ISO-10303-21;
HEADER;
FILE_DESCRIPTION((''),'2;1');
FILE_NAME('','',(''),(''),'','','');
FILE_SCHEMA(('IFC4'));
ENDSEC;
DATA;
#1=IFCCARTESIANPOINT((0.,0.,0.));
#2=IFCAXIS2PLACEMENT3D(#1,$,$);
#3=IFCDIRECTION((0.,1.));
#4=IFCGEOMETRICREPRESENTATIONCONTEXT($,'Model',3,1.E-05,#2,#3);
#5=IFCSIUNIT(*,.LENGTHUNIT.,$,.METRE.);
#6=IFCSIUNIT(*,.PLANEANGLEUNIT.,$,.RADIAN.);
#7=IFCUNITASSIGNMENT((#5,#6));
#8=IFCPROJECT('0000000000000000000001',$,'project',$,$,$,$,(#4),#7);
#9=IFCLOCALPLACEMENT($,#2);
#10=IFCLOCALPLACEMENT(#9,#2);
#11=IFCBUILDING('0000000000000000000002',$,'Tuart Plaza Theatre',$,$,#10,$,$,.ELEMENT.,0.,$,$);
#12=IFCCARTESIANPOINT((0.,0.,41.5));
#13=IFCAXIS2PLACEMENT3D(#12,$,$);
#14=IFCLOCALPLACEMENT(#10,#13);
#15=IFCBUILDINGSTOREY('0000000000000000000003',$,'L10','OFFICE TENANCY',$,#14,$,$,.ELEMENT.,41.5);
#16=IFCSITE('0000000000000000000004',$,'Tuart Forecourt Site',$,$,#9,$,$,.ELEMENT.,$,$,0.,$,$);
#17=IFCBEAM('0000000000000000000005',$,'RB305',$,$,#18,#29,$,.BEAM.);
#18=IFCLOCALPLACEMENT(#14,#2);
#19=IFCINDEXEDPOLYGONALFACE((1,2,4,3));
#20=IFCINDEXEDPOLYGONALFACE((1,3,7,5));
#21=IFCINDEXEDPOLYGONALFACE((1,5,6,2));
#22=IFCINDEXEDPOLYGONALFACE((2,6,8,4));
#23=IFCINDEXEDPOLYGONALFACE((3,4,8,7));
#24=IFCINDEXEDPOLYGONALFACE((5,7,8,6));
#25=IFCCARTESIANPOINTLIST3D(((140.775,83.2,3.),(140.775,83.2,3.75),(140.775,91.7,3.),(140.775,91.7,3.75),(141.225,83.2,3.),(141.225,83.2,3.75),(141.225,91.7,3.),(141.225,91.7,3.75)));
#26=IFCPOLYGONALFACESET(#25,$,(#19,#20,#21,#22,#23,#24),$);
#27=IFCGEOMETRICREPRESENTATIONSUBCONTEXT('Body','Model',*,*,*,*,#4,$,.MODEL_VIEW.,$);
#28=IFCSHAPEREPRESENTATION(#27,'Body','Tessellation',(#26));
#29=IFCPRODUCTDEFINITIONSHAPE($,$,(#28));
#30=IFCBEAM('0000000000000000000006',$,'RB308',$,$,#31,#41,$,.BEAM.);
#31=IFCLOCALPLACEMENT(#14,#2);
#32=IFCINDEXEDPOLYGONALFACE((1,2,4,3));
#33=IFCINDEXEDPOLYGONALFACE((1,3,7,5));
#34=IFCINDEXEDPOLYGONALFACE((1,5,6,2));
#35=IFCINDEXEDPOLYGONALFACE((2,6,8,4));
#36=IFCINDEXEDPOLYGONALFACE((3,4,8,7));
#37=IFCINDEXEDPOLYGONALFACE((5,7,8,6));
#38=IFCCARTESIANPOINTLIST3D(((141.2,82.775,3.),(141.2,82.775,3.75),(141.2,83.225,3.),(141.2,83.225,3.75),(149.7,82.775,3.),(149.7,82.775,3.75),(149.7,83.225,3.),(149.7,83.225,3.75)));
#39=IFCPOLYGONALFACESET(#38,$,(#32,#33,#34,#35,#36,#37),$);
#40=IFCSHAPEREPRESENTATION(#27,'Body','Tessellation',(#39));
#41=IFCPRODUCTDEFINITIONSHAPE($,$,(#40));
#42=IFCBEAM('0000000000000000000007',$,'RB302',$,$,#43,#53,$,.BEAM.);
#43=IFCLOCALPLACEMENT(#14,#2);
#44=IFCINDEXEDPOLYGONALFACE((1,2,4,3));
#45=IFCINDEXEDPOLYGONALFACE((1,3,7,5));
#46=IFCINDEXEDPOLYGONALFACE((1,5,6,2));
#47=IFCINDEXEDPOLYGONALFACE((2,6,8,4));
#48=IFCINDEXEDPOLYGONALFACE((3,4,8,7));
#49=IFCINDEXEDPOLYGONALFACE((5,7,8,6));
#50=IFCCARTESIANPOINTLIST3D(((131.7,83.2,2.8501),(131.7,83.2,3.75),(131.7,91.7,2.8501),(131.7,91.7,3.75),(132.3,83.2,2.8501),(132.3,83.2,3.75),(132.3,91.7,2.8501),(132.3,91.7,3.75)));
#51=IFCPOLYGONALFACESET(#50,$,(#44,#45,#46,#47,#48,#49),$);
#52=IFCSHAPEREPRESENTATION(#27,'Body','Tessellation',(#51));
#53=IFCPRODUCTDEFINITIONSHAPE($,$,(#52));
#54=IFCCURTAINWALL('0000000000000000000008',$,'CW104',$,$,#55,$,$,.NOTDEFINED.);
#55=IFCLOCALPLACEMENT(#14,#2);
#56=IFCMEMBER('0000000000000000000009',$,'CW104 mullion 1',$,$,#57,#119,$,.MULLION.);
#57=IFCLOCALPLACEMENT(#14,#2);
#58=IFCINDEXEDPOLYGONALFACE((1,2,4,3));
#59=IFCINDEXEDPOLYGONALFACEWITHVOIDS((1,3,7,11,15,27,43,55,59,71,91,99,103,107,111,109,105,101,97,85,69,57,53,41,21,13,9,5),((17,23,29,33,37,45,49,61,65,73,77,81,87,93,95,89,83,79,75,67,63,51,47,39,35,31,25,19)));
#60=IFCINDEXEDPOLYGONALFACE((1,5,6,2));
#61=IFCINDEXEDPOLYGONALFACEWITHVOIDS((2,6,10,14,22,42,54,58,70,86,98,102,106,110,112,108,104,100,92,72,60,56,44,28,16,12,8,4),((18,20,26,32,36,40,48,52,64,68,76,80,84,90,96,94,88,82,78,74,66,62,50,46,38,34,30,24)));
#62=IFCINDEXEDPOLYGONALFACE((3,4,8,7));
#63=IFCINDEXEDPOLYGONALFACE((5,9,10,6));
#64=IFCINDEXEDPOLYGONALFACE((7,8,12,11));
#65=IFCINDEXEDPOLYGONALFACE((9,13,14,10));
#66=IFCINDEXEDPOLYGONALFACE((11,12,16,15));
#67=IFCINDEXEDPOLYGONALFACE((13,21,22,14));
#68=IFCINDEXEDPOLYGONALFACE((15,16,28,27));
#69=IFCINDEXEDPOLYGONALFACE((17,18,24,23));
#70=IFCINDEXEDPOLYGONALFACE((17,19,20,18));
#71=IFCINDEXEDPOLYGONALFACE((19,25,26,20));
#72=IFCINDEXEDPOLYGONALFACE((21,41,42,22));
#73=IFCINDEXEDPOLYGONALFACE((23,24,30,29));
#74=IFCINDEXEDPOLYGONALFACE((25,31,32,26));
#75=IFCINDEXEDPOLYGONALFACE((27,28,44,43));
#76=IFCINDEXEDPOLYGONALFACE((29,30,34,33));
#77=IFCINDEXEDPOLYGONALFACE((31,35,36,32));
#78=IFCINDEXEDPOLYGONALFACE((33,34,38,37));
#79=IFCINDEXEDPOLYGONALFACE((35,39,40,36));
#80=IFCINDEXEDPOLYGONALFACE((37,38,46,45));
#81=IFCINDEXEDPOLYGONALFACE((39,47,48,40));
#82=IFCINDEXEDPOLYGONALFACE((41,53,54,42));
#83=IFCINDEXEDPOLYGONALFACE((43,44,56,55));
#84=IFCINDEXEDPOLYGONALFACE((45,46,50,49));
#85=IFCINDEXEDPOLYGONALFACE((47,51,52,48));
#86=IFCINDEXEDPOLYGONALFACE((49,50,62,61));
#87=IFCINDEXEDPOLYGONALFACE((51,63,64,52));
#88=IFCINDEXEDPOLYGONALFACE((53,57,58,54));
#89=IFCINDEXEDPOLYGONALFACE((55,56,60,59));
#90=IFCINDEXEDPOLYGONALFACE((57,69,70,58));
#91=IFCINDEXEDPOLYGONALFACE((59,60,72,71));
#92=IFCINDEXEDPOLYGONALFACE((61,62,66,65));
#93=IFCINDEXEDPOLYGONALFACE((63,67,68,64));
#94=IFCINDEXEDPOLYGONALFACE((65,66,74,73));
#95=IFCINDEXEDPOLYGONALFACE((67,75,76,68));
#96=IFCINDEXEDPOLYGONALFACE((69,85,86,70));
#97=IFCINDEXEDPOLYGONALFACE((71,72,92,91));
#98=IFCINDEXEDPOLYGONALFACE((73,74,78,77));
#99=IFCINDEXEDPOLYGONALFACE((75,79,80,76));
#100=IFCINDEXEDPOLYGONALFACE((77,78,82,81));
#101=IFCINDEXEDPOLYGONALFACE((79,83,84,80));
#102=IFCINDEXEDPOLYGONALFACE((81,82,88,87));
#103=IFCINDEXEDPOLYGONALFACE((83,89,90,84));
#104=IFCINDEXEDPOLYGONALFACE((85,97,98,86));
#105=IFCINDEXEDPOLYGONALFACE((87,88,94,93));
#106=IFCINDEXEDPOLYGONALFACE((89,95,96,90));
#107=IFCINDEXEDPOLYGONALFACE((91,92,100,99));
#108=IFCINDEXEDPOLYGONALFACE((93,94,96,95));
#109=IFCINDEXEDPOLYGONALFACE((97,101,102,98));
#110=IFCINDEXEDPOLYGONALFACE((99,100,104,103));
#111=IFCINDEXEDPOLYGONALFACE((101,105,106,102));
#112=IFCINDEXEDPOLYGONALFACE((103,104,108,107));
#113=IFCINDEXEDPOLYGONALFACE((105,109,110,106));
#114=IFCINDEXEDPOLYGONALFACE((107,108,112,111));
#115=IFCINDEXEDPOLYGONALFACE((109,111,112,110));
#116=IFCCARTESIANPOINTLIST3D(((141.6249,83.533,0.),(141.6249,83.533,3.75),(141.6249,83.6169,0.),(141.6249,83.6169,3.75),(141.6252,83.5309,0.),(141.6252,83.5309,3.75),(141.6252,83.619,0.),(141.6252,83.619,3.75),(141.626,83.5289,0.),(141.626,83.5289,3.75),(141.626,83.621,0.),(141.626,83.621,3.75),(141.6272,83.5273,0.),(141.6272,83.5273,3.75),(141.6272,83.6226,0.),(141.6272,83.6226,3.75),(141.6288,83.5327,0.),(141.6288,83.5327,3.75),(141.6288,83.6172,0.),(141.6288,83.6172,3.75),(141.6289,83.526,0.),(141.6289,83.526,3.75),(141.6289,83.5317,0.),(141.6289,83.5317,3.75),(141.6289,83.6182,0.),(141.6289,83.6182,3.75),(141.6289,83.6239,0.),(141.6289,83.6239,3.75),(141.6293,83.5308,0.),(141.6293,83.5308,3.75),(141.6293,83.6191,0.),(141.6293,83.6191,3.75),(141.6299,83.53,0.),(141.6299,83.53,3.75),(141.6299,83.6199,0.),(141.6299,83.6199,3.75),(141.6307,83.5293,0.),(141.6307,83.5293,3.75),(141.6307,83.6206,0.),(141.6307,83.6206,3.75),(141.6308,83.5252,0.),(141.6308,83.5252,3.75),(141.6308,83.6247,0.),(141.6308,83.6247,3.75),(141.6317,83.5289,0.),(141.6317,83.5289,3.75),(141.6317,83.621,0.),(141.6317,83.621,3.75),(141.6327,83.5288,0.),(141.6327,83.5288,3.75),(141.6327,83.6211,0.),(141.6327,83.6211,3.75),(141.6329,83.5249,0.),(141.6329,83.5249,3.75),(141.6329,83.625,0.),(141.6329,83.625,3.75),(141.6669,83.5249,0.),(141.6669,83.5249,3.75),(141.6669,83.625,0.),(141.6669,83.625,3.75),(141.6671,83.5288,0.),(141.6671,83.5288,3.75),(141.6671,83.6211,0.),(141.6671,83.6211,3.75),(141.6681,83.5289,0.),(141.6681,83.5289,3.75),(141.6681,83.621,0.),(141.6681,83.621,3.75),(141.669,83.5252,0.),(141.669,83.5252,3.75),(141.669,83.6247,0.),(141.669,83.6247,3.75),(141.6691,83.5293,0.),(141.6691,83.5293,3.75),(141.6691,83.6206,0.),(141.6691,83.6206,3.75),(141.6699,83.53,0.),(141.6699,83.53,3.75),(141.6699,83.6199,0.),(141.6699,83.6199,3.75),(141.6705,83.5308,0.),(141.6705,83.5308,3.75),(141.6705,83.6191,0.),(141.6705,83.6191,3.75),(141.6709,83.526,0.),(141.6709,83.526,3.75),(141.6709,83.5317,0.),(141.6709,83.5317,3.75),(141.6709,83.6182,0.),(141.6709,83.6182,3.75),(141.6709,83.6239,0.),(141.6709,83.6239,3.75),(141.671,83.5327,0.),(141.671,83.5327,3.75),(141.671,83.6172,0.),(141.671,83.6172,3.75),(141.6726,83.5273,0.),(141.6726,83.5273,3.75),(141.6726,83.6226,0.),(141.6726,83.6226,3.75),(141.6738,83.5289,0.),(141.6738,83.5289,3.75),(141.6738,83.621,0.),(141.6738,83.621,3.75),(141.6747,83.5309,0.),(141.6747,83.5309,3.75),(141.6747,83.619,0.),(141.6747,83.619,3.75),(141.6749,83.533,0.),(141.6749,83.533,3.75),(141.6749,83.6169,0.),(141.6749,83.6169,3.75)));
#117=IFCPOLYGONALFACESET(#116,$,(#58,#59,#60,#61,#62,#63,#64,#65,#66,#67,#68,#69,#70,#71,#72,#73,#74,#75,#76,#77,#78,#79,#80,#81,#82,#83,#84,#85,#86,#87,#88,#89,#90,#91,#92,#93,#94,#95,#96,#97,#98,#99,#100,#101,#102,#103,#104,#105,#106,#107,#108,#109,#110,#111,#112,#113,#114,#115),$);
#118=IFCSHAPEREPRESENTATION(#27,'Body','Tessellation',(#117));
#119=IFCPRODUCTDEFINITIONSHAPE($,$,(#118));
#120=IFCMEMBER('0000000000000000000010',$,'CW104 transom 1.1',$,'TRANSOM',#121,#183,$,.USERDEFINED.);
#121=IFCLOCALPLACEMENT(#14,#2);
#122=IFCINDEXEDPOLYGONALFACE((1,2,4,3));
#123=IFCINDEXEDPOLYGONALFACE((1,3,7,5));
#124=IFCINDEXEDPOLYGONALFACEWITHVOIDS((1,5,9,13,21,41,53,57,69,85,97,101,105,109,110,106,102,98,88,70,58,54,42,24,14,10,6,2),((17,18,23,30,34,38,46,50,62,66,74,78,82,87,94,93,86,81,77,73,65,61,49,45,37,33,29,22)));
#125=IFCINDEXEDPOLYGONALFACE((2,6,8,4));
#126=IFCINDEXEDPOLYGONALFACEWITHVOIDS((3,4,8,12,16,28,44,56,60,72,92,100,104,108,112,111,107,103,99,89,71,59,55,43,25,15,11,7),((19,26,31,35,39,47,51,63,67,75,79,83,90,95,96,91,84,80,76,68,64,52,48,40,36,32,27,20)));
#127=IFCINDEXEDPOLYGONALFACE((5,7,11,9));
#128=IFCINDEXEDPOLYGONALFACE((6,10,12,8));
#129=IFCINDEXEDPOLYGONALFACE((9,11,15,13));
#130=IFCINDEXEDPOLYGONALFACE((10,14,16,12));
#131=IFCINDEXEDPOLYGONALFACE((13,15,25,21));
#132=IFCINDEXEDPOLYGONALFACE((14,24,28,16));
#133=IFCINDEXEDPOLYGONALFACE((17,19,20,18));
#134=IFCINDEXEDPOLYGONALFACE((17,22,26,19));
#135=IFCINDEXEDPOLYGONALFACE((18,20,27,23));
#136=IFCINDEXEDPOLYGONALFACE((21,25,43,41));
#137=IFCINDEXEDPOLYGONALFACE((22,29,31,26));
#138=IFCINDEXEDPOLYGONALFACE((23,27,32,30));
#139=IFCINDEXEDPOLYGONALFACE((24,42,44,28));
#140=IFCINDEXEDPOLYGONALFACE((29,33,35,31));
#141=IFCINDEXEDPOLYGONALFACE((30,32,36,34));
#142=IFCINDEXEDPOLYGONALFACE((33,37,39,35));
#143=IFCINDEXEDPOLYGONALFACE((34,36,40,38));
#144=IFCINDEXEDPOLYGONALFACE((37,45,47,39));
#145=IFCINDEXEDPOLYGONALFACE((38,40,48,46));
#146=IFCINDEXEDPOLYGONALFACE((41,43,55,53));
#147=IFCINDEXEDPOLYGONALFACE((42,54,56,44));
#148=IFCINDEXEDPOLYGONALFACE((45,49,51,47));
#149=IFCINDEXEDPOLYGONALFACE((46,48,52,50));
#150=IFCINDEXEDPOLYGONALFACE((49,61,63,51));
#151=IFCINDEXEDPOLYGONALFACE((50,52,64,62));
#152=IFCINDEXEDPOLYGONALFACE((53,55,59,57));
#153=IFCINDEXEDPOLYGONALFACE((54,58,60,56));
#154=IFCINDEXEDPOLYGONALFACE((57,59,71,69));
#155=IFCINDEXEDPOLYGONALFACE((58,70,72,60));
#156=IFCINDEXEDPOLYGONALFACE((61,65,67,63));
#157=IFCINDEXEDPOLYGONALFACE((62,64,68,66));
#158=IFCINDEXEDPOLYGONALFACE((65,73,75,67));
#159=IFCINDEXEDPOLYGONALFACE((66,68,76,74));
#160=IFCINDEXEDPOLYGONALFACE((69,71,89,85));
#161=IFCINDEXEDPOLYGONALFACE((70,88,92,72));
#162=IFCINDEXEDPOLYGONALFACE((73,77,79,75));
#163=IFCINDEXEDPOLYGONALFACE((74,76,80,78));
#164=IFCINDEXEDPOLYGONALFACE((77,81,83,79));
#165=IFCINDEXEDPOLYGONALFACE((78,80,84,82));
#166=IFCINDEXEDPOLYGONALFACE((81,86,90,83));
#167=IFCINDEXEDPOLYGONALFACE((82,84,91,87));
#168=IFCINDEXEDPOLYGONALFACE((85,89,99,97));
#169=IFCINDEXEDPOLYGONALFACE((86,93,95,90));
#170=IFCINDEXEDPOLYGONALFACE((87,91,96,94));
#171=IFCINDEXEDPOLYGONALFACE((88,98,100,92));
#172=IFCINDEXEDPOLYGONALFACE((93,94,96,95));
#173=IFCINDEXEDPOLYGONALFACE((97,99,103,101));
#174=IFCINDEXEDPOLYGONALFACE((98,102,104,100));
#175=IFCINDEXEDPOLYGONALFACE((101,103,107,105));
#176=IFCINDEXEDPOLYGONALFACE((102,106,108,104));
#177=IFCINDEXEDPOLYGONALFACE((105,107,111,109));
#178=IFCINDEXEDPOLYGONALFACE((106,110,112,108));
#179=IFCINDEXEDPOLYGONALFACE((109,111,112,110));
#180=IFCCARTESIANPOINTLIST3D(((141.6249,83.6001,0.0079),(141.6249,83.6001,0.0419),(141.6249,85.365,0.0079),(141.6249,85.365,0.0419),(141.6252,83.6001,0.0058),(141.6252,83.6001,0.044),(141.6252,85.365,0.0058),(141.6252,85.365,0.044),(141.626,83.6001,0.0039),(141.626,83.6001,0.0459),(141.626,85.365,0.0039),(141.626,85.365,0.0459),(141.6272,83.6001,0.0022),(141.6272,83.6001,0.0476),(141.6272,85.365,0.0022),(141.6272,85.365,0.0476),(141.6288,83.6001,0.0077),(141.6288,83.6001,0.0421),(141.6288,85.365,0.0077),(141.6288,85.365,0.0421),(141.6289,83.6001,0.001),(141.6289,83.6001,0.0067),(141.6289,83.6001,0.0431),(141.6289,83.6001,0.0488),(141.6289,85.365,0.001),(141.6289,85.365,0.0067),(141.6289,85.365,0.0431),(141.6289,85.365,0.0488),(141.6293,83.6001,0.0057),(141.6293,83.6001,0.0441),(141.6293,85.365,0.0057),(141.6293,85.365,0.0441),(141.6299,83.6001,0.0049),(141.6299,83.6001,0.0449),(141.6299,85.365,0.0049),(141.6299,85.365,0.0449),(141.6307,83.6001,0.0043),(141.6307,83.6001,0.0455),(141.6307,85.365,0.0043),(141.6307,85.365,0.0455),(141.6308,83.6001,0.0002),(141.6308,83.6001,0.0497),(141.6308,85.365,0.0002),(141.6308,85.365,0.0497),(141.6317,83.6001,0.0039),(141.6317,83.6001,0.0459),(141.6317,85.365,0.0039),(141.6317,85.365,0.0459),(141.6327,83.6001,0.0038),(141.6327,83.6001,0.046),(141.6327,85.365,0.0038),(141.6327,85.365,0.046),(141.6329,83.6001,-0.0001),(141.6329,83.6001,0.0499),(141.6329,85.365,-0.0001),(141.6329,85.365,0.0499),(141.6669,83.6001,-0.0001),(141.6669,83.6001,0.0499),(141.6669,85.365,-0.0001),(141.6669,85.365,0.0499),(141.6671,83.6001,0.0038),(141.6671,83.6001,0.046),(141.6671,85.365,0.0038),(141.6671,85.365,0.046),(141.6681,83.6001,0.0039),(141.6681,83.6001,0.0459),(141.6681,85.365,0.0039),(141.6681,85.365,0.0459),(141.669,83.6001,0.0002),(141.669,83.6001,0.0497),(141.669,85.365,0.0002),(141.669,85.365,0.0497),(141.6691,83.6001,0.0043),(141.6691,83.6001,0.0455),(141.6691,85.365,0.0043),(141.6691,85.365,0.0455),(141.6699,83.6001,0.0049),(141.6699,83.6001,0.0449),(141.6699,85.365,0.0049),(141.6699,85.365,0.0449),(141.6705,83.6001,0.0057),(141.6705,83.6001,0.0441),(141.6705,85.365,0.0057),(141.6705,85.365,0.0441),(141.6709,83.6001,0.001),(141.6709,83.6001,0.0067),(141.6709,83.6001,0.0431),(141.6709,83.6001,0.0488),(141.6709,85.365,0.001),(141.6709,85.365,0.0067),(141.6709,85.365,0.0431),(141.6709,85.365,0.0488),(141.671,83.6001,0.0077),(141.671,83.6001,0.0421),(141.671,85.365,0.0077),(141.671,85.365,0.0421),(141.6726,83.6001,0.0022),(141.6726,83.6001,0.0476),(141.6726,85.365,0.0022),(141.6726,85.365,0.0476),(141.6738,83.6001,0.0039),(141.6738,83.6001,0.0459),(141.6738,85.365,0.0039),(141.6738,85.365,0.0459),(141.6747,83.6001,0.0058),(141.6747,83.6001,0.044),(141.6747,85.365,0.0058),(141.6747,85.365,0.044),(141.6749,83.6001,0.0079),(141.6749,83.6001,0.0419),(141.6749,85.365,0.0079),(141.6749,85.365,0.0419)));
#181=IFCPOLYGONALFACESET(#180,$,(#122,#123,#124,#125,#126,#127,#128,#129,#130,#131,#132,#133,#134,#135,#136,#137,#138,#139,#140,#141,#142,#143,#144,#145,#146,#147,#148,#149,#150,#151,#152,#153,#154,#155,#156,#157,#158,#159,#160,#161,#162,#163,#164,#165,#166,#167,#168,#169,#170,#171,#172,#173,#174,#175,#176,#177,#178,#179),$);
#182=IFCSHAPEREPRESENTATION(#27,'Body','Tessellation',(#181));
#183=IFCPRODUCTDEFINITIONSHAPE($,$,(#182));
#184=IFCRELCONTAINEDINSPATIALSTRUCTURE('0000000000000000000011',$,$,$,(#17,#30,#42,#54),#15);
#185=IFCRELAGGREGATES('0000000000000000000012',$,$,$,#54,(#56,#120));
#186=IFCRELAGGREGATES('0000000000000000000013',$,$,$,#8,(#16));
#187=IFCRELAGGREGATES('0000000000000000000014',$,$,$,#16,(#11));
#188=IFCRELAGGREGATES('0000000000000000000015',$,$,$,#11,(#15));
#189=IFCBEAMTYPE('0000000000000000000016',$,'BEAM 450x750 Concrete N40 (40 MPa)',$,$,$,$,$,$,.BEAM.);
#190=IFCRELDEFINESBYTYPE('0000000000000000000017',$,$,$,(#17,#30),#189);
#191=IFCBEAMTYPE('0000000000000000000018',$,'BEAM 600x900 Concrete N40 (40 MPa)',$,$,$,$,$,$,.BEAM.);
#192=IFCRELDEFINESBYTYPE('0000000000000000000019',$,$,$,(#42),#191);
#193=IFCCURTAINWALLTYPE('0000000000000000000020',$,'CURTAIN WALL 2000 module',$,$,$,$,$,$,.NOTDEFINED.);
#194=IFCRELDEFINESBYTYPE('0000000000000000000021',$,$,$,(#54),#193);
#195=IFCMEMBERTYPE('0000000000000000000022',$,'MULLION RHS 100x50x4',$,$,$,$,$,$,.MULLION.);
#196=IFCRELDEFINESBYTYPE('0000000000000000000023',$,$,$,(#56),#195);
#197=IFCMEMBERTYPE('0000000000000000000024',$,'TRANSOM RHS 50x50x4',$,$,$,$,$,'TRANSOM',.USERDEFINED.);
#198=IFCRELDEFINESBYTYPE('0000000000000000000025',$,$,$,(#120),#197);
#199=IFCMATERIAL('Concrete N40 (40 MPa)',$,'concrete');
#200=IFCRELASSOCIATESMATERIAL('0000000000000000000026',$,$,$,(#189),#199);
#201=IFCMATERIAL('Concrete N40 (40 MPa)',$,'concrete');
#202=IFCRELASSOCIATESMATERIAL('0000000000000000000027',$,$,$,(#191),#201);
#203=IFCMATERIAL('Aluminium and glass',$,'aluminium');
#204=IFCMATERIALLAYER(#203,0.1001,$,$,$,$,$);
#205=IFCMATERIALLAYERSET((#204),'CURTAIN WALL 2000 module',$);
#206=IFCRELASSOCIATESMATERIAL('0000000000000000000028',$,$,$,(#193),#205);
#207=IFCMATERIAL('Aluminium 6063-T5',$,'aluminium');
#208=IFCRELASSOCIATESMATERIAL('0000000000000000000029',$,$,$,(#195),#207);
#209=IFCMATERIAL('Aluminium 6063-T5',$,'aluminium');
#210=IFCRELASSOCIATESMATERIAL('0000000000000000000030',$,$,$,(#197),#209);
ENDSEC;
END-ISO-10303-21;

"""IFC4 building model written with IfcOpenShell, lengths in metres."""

from ifc_helpers import new_model, si_unit, direction, frame, origin, origin_2d, place, context, subcontext, project, spatial, rectangle, hollow_rectangle, extrude, material, layer, layer_set, material_profile, profile_set, type_object, element, aggregate, save


model = new_model("IFC4")

# Units and contexts
model_context = context("Model", 3, precision=1e-05, world=origin(), true_north=direction((0.0, 1.0)))
body_context = subcontext(model_context, "Body", "Model", "MODEL_VIEW")
ifc_project = project(units=[si_unit("LENGTHUNIT", "METRE"), si_unit("PLANEANGLEUNIT", "RADIAN")], contexts=[model_context])

# Site, building, storey
site_placement = place(None, origin())
site = spatial("IfcSite", under=ifc_project, at=site_placement, Name="Tuart Forecourt Site", CompositionType="ELEMENT", RefElevation=0.0)
building_placement = place(site_placement, origin())
building = spatial("IfcBuilding", under=site, at=building_placement, Name="Tuart Plaza Theatre", CompositionType="ELEMENT", ElevationOfRefHeight=0.0)
storey_placement = place(building_placement, frame((0.0, 0.0, 41.5)))
storey = spatial("IfcBuildingStorey", under=building, at=storey_placement, Name="L10", Description="OFFICE TENANCY", CompositionType="ELEMENT", Elevation=41.5)

# Beams
ifc_material_1 = material(Name="Concrete N40 (40 MPa)", Category="concrete")
ifc_material_profile_1 = material_profile(ifc_material_1, rectangle(XDim=0.45, YDim=0.75, at=origin_2d()), Name="BEAM 450x750 Concrete N40 (40 MPa)")
ifc_profile_set_1 = profile_set([ifc_material_profile_1], Name="Concrete N40 (40 MPa)")
beam_type_1 = type_object("IfcBeamType", Name="BEAM 450x750 Concrete N40 (40 MPa)", PredefinedType="BEAM", material=ifc_profile_set_1)
for number, where, z_axis, x_axis, name in (
    (1, (141.0, 83.2, 3.375), (0.0, 1.0, 0.0), (-1.0, 0.0, 0.0), "RB305"),
    (2, (141.2, 83.0, 3.375), (1.0, 0.0, 0.0), (0.0, 1.0, 0.0), "RB308"),
):
    element("IfcBeam", number, at=place(storey_placement, frame(where, z_axis=z_axis, x_axis=x_axis)), inside=storey, type_object=beam_type_1, Name=name, PredefinedType="BEAM", context=body_context, shape_type="SweptSolid", body=[
        extrude(rectangle(XDim=0.45, YDim=0.75, at=origin_2d()), origin(), (0.0, 0.0, 1.0), 8.5),
    ])
ifc_material_2 = material(Name="Concrete N40 (40 MPa)", Category="concrete")
ifc_material_profile_2 = material_profile(ifc_material_2, rectangle(XDim=0.6001, YDim=0.8999, at=origin_2d()), Name="BEAM 600x900 Concrete N40 (40 MPa)")
ifc_profile_set_2 = profile_set([ifc_material_profile_2], Name="Concrete N40 (40 MPa)")
beam_type_2 = type_object("IfcBeamType", Name="BEAM 600x900 Concrete N40 (40 MPa)", PredefinedType="BEAM", material=ifc_profile_set_2)
beam_placement = place(storey_placement, frame((132.0, 83.2, 3.3), z_axis=(0.0, 1.0, 0.0), x_axis=(-1.0, 0.0, 0.0)))
element("IfcBeam", 3, at=beam_placement, inside=storey, type_object=beam_type_2, Name="RB302", PredefinedType="BEAM", context=body_context, shape_type="SweptSolid", body=[
    extrude(rectangle(XDim=0.6001, YDim=0.8999, at=origin_2d()), origin(), (0.0, 0.0, 1.0), 8.5),
])

# Curtain wall, members
ifc_material_3 = material(Name="Aluminium and glass", Category="aluminium")
ifc_layer_1 = layer(ifc_material_3, 0.1001)
ifc_layer_set_1 = layer_set([ifc_layer_1], Name="CURTAIN WALL 2000 module")
curtain_wall_type = type_object("IfcCurtainWallType", Name="CURTAIN WALL 2000 module", PredefinedType="NOTDEFINED", material=ifc_layer_set_1)
curtain_wall_placement = place(storey_placement, origin())
curtain_wall = element("IfcCurtainWall", 4, at=curtain_wall_placement, inside=storey, type_object=curtain_wall_type, Name="CW104", PredefinedType="NOTDEFINED")
ifc_material_4 = material(Name="Aluminium 6063-T5", Category="aluminium")
ifc_material_profile_3 = material_profile(ifc_material_4, hollow_rectangle(XDim=0.05, YDim=0.1001, WallThickness=0.0039, InnerFilletRadius=0.0039, OuterFilletRadius=0.0081, at=origin_2d()), Name="RHS 100x50x4")
ifc_profile_set_3 = profile_set([ifc_material_profile_3], Name="Aluminium 6063-T5")
member_type_1 = type_object("IfcMemberType", Name="MULLION RHS 100x50x4", PredefinedType="MULLION", material=ifc_profile_set_3)
member_1_placement = place(storey_placement, frame((141.6499, 83.575, 0.0), z_axis=(0.0, 0.0, 1.0), x_axis=(-1.0, 0.0, 0.0)))
member_1 = element("IfcMember", 5, at=member_1_placement, type_object=member_type_1, Name="CW104 mullion 1", PredefinedType="MULLION", context=body_context, shape_type="SweptSolid", body=[
    extrude(hollow_rectangle(XDim=0.05, YDim=0.1001, WallThickness=0.0039, InnerFilletRadius=0.0039, OuterFilletRadius=0.0081, at=origin_2d()), origin(), (0.0, 0.0, 1.0), 3.75),
])
ifc_material_5 = material(Name="Aluminium 6063-T5", Category="aluminium")
ifc_material_profile_4 = material_profile(ifc_material_5, hollow_rectangle(XDim=0.05, YDim=0.05, WallThickness=0.0039, InnerFilletRadius=0.0039, OuterFilletRadius=0.0081, at=origin_2d()), Name="RHS 50x50x4")
ifc_profile_set_4 = profile_set([ifc_material_profile_4], Name="Aluminium 6063-T5")
member_type_2 = type_object("IfcMemberType", Name="TRANSOM RHS 50x50x4", ElementType="TRANSOM", PredefinedType="USERDEFINED", material=ifc_profile_set_4)
member_2_placement = place(storey_placement, frame((141.6499, 83.6001, 0.0249), z_axis=(0.0, 1.0, 0.0), x_axis=(-1.0, 0.0, 0.0)))
member_2 = element("IfcMember", 6, at=member_2_placement, type_object=member_type_2, Name="CW104 transom 1.1", ObjectType="TRANSOM", PredefinedType="USERDEFINED", context=body_context, shape_type="SweptSolid", body=[
    extrude(hollow_rectangle(XDim=0.05, YDim=0.05, WallThickness=0.0039, InnerFilletRadius=0.0039, OuterFilletRadius=0.0081, at=origin_2d()), origin(), (0.0, 0.0, 1.0), 1.7649),
])
aggregate(curtain_wall, [member_1, member_2])

save(model, "model.ifc")
